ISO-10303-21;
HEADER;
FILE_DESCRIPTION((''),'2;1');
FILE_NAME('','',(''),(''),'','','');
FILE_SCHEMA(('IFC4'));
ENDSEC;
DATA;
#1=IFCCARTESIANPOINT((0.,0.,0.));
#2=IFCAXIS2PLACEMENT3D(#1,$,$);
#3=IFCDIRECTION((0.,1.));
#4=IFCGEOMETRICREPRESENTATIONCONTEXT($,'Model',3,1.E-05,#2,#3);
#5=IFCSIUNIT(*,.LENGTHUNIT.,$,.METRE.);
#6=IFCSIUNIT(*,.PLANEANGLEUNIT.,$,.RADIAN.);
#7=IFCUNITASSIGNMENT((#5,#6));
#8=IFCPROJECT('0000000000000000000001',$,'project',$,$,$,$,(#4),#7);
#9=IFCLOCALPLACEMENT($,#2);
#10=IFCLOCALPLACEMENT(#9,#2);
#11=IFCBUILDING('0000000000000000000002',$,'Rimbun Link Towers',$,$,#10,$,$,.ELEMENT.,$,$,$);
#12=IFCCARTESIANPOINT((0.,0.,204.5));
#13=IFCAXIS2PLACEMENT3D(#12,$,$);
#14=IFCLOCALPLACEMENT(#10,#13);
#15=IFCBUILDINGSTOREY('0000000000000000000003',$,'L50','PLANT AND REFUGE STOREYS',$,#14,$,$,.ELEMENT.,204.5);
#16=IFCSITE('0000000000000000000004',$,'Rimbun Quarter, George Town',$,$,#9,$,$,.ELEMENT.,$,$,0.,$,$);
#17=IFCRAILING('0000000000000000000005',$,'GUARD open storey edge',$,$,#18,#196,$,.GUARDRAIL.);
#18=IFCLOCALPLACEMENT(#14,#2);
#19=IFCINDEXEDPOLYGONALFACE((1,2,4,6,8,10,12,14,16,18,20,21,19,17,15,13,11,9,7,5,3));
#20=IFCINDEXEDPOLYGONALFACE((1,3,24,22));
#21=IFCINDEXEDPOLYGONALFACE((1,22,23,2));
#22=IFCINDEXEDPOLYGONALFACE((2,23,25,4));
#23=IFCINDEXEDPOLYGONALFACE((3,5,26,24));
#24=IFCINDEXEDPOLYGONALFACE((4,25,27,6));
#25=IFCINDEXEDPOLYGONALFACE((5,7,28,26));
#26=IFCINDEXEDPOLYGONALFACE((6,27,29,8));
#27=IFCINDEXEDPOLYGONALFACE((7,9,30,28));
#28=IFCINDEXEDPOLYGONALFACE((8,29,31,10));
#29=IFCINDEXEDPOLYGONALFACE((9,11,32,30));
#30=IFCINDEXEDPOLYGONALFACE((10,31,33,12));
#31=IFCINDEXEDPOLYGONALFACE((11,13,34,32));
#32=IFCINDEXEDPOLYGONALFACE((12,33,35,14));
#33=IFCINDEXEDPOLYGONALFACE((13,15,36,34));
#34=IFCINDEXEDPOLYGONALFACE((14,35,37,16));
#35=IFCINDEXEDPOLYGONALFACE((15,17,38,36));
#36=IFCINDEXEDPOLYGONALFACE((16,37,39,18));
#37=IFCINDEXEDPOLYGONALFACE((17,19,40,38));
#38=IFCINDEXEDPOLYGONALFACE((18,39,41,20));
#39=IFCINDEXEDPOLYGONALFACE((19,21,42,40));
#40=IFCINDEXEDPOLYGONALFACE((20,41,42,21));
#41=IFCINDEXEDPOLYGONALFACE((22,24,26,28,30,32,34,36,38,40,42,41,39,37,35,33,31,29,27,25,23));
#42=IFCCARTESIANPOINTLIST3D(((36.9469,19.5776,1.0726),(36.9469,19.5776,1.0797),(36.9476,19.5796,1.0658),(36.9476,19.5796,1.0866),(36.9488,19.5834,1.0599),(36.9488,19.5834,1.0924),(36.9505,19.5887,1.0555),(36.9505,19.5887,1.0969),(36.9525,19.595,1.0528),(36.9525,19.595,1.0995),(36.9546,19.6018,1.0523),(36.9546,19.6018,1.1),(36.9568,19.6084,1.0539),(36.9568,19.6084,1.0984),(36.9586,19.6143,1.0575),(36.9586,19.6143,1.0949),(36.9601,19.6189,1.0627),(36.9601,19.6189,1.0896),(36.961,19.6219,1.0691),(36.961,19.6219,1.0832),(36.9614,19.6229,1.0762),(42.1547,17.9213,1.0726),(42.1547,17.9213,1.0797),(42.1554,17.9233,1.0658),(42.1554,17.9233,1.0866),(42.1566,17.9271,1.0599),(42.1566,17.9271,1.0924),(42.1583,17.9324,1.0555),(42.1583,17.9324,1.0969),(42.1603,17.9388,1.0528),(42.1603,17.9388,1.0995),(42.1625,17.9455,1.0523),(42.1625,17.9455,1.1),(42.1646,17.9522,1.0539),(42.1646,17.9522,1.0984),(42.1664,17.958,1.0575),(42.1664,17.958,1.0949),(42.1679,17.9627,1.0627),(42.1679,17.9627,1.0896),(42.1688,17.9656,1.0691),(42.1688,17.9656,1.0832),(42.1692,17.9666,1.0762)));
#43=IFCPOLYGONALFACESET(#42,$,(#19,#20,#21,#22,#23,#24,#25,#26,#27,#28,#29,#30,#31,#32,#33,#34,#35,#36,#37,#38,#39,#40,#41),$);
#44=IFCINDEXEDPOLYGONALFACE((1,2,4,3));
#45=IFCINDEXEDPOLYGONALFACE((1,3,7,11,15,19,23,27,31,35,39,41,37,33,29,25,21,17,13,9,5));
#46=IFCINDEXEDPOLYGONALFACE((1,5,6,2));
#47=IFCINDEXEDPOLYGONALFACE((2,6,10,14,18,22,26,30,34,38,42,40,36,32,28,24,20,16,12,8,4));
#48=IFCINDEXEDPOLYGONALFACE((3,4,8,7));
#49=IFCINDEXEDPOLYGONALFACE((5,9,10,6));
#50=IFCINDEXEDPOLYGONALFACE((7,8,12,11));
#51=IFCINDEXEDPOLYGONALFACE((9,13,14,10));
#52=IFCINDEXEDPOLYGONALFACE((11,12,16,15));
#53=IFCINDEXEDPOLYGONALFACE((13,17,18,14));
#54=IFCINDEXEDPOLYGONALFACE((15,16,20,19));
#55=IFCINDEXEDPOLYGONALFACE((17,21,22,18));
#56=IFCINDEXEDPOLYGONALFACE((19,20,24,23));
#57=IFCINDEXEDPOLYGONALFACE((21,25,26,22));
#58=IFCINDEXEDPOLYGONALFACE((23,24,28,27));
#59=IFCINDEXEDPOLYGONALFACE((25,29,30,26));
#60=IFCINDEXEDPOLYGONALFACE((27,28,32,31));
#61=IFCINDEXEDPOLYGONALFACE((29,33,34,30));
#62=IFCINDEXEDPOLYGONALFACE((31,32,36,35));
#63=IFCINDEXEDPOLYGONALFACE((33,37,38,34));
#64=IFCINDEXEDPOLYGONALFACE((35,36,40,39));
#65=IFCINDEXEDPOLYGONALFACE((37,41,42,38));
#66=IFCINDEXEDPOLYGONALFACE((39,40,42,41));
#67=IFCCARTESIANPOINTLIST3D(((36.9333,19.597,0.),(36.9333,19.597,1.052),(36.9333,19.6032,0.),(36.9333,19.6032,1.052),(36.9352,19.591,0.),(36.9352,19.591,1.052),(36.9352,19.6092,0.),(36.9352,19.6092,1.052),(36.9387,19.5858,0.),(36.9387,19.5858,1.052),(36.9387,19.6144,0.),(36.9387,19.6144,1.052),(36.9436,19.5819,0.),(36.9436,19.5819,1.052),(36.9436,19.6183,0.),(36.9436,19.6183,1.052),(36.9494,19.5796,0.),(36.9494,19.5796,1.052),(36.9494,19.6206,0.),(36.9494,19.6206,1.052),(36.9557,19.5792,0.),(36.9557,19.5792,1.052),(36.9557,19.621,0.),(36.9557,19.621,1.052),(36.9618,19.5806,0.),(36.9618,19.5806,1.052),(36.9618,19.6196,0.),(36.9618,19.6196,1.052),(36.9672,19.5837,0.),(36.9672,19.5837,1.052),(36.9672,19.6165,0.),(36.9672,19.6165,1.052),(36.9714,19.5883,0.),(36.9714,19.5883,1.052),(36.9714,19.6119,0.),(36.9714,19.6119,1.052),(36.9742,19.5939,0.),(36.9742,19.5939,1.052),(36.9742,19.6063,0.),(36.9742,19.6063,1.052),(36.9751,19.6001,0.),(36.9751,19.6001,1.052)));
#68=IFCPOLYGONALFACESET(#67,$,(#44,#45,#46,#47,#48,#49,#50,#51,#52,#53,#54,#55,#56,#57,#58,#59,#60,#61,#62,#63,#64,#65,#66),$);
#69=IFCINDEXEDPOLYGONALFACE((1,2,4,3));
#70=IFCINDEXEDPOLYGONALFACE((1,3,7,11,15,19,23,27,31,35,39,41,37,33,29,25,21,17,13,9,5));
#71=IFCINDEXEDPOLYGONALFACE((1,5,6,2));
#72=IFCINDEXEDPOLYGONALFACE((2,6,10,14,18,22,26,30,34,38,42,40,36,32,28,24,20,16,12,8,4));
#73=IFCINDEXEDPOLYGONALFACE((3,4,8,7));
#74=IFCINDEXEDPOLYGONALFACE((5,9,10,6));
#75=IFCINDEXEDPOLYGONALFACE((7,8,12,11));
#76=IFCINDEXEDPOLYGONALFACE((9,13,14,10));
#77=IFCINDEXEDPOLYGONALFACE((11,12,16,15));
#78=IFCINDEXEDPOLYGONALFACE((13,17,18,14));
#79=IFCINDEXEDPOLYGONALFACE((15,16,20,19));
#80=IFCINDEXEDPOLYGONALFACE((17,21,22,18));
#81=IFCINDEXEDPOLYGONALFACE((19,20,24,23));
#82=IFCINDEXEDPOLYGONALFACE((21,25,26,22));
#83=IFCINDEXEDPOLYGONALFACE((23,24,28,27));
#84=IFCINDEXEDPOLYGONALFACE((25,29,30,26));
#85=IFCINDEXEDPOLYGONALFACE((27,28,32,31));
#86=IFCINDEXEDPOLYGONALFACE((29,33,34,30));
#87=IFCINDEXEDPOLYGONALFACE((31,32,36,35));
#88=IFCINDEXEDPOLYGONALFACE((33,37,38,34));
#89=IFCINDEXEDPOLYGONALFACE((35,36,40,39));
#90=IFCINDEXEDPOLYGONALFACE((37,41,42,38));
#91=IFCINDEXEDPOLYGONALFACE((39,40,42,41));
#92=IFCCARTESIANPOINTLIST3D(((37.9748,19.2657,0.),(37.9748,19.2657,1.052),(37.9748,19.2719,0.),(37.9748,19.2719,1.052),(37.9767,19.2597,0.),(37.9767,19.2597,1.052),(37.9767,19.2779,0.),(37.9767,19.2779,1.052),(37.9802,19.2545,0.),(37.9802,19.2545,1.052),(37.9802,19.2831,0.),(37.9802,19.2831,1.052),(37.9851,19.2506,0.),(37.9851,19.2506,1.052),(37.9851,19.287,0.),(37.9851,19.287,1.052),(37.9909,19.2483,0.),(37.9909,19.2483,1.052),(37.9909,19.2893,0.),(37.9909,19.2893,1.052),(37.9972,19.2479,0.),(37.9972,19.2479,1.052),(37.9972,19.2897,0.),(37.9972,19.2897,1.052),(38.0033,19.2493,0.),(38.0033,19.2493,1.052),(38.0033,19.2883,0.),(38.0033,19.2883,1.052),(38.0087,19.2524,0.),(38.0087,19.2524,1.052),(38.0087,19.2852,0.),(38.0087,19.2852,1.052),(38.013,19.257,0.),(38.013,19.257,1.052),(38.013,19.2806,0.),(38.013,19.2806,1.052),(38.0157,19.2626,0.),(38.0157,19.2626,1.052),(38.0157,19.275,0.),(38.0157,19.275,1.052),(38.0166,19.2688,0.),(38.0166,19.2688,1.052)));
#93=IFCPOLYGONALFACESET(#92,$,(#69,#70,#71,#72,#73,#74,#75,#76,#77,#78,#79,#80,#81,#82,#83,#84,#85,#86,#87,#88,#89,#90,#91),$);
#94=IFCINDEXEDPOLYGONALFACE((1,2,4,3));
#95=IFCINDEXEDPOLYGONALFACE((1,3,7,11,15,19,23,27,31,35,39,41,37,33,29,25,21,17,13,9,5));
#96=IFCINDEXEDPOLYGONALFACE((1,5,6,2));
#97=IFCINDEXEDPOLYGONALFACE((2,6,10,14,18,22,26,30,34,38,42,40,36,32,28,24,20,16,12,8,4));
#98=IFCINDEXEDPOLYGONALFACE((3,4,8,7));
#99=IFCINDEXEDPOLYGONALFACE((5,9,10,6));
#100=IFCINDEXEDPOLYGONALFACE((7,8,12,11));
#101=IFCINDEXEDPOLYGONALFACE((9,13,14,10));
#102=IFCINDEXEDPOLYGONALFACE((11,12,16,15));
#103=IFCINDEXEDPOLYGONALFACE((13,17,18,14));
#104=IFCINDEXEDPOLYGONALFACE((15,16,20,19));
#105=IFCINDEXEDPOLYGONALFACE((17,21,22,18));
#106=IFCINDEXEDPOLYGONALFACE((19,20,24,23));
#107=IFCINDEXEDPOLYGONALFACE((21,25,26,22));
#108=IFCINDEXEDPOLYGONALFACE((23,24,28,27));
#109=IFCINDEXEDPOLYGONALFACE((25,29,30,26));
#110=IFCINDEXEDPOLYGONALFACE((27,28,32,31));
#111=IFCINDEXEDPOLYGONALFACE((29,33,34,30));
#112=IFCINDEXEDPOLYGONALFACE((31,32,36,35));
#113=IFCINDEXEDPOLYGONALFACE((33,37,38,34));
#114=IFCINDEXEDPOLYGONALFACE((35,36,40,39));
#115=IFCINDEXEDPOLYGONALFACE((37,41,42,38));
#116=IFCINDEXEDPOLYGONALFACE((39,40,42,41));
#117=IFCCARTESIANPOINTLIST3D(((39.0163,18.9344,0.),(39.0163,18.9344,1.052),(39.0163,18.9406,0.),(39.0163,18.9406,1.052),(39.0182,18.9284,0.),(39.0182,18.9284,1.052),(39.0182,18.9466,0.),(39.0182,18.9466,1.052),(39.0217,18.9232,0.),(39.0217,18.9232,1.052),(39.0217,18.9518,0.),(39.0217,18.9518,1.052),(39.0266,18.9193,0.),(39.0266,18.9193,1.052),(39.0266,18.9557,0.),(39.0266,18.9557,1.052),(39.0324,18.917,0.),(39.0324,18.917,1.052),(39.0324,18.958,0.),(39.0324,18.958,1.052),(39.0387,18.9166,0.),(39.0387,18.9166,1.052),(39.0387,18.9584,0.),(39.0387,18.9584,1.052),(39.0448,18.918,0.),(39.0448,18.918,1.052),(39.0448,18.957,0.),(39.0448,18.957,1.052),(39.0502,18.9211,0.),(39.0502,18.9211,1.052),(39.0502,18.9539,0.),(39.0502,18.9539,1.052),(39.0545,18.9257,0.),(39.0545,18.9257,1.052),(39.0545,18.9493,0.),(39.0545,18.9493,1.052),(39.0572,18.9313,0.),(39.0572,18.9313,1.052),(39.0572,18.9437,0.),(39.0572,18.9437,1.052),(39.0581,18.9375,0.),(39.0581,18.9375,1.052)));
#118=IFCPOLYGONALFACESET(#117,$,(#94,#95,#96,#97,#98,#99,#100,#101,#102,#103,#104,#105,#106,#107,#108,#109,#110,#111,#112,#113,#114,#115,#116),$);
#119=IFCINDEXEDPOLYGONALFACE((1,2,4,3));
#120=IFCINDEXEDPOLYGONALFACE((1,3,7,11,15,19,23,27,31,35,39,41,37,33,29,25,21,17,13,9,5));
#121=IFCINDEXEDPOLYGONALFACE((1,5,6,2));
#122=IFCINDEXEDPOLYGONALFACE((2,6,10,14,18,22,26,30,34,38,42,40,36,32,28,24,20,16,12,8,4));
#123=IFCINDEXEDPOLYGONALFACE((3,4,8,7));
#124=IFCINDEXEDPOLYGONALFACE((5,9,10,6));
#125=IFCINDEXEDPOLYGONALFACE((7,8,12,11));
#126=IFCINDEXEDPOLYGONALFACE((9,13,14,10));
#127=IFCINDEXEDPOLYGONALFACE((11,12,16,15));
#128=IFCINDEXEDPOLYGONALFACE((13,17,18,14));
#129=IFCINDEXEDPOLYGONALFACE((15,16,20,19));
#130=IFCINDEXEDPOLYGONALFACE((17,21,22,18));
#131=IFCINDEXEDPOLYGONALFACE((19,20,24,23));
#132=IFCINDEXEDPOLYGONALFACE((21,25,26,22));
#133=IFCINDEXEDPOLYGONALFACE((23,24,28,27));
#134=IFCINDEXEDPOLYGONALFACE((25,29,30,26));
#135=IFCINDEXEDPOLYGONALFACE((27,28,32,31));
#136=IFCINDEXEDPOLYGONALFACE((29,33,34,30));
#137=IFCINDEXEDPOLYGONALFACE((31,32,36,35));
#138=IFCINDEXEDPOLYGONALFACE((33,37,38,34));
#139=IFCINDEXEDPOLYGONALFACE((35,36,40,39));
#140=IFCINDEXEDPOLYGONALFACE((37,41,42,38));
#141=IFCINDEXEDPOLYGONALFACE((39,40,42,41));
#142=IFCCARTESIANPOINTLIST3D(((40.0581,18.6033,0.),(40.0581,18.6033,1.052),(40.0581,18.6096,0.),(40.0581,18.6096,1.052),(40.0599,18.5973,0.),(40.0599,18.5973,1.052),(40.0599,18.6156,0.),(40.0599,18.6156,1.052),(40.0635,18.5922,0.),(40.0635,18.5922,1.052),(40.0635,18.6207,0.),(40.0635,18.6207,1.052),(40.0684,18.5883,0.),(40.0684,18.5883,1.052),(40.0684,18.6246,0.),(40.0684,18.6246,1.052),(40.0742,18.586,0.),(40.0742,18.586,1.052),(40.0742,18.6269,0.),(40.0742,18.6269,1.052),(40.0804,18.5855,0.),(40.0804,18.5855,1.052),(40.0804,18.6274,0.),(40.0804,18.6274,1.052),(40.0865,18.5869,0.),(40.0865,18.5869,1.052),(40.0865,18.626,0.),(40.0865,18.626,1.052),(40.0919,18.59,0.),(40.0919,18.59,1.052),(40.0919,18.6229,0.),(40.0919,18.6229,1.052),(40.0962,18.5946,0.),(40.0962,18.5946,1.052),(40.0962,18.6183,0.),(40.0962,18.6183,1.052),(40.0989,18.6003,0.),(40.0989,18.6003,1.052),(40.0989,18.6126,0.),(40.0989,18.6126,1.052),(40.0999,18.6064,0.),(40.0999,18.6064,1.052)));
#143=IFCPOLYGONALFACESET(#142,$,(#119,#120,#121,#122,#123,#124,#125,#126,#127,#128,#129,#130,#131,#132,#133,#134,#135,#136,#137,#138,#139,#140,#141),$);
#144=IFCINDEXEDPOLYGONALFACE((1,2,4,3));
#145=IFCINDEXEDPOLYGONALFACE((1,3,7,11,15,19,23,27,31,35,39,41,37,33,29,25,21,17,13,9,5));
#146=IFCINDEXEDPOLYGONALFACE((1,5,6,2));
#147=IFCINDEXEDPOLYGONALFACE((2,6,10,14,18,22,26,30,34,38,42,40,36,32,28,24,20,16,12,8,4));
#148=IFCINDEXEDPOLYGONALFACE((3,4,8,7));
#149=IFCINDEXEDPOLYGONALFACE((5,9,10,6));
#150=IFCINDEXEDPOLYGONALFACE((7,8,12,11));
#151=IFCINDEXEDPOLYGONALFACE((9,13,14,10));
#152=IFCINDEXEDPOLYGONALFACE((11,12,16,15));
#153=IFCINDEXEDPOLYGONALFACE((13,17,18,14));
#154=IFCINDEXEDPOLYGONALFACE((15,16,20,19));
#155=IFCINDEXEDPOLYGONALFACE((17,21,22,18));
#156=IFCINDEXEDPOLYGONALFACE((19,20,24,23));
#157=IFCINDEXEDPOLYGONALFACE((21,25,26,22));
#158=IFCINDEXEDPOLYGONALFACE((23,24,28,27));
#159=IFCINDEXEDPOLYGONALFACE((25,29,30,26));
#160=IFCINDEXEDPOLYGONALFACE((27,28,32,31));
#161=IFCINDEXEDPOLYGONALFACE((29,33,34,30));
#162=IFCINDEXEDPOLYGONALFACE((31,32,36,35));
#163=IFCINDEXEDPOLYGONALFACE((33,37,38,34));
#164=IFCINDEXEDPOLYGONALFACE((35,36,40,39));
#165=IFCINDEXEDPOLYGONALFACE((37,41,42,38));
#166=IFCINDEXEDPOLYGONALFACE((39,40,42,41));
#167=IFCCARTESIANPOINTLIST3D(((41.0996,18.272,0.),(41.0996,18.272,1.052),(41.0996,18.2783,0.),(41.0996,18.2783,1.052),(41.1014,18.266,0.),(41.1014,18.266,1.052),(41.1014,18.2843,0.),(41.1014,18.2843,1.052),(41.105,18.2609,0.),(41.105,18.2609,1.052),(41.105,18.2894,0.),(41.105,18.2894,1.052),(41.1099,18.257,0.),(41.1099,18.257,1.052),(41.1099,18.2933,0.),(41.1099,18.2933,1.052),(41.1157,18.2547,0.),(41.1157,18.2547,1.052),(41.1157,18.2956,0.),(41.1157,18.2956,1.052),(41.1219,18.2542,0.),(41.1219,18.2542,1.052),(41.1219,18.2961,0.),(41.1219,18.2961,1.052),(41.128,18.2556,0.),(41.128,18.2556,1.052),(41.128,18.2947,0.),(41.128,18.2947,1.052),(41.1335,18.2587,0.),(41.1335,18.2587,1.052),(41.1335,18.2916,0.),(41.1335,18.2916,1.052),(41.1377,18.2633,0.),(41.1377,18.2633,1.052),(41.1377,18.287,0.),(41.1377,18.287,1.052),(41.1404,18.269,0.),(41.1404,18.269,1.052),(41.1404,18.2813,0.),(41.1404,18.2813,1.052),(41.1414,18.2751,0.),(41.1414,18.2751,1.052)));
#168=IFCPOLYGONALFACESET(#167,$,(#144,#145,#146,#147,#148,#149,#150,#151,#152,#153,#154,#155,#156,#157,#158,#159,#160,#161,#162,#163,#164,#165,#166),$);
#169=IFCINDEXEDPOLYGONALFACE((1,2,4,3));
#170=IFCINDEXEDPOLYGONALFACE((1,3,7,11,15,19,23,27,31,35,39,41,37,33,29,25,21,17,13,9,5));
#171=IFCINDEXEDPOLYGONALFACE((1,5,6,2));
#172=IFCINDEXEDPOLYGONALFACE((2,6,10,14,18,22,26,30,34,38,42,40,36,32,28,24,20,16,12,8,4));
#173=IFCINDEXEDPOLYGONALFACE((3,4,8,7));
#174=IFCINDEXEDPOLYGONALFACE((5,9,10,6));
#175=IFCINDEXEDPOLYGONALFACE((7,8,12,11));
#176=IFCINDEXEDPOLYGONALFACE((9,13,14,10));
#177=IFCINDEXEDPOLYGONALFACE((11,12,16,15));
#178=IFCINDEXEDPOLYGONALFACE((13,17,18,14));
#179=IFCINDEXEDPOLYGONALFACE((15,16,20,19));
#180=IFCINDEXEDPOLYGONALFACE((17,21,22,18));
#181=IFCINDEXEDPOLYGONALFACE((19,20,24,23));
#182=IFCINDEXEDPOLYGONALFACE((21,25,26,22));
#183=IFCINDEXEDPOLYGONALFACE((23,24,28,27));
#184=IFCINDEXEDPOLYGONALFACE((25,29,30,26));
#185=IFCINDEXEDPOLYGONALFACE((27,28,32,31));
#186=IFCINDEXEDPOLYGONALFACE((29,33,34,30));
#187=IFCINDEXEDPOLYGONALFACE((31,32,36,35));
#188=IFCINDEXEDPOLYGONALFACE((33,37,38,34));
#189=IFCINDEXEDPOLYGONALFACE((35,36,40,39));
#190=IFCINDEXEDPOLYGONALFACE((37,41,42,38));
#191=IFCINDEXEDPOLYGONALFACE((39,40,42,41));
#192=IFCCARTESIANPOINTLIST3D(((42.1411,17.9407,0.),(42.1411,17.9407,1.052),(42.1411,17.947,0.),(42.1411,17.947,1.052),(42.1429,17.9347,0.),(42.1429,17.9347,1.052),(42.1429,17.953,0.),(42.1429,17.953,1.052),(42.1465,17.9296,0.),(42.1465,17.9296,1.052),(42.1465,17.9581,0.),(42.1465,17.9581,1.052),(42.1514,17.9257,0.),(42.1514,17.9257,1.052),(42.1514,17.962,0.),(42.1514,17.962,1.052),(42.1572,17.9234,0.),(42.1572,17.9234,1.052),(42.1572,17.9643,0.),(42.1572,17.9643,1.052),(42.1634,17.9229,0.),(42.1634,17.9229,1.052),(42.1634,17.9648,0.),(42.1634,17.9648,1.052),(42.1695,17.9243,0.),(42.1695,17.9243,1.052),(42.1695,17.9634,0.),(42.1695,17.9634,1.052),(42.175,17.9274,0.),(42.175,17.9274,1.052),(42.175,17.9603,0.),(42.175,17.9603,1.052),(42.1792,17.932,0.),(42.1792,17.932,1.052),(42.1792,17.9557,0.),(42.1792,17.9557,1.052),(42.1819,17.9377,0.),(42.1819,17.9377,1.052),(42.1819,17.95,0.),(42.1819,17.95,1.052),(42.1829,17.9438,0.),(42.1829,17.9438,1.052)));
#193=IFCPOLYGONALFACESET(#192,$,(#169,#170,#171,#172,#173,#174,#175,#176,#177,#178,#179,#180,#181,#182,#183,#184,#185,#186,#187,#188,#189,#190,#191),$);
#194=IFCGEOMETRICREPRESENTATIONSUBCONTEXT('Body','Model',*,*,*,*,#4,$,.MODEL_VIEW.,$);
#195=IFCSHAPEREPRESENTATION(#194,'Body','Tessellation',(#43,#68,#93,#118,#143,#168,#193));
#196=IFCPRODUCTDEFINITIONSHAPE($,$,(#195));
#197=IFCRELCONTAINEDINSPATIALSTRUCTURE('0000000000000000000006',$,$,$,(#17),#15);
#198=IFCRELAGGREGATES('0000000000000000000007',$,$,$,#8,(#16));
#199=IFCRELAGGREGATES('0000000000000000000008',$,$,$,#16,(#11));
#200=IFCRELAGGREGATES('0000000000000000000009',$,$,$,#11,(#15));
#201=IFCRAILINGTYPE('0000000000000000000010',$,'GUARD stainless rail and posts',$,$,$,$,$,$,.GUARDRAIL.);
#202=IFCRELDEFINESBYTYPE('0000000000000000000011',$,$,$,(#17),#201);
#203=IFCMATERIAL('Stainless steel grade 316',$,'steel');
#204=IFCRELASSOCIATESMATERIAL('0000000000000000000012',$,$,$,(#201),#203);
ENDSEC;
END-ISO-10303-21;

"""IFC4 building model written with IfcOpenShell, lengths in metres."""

from ifc_helpers import new_model, si_unit, direction, frame, origin, origin_2d, place, context, subcontext, project, spatial, circle, extrude, material, type_object, element, save


model = new_model("IFC4")

# Units and contexts
model_context = context("Model", 3, precision=1e-05, world=origin(), true_north=direction((0.0, 1.0)))
body_context = subcontext(model_context, "Body", "Model", "MODEL_VIEW")
ifc_project = project(units=[si_unit("LENGTHUNIT", "METRE"), si_unit("PLANEANGLEUNIT", "RADIAN")], contexts=[model_context])

# Site, building, storey
site_placement = place(None, origin())
site = spatial("IfcSite", under=ifc_project, at=site_placement, Name="Rimbun Quarter, George Town", CompositionType="ELEMENT", RefElevation=0.0)
building_placement = place(site_placement, origin())
building = spatial("IfcBuilding", under=site, at=building_placement, Name="Rimbun Link Towers", CompositionType="ELEMENT")
storey_placement = place(building_placement, frame((0.0, 0.0, 204.5)))
storey = spatial("IfcBuildingStorey", under=building, at=storey_placement, Name="L50", Description="PLANT AND REFUGE STOREYS", CompositionType="ELEMENT", Elevation=204.5)

# Railing
ifc_material_1 = material(Name="Stainless steel grade 316", Category="steel")
railing_type = type_object("IfcRailingType", Name="GUARD stainless rail and posts", PredefinedType="GUARDRAIL", material=ifc_material_1)
railing_1_placement = place(storey_placement, frame((36.9541, 19.6001, 0.0)))
element("IfcRailing", 1, at=railing_1_placement, inside=storey, type_object=railing_type, Name="GUARD open storey edge", PredefinedType="GUARDRAIL", context=body_context, shape_type="SweptSolid", body=[
    extrude(circle(Radius=0.0239, at=origin_2d()), frame((0.0, 0.0, 1.0762), z_axis=(0.952966, -0.303076, 0.0), x_axis=(0.303076, 0.952966, 0.0)), (0.0, 0.0, 1.0), 5.4648),
    extrude(circle(Radius=0.021, at=origin_2d()), origin(), (0.0, 0.0, 1.0), 1.052),
    extrude(circle(Radius=0.021, at=origin_2d()), frame((1.0415, -0.3313, 0.0)), (0.0, 0.0, 1.0), 1.052),
    extrude(circle(Radius=0.021, at=origin_2d()), frame((2.083, -0.6626, 0.0)), (0.0, 0.0, 1.0), 1.052),
    extrude(circle(Radius=0.021, at=origin_2d()), frame((3.1248, -0.9937, 0.0)), (0.0, 0.0, 1.0), 1.052),
    extrude(circle(Radius=0.021, at=origin_2d()), frame((4.1663, -1.325, 0.0)), (0.0, 0.0, 1.0), 1.052),
    extrude(circle(Radius=0.021, at=origin_2d()), frame((5.2078, -1.6562, 0.0)), (0.0, 0.0, 1.0), 1.052),
])

save(model, "model.ifc")
